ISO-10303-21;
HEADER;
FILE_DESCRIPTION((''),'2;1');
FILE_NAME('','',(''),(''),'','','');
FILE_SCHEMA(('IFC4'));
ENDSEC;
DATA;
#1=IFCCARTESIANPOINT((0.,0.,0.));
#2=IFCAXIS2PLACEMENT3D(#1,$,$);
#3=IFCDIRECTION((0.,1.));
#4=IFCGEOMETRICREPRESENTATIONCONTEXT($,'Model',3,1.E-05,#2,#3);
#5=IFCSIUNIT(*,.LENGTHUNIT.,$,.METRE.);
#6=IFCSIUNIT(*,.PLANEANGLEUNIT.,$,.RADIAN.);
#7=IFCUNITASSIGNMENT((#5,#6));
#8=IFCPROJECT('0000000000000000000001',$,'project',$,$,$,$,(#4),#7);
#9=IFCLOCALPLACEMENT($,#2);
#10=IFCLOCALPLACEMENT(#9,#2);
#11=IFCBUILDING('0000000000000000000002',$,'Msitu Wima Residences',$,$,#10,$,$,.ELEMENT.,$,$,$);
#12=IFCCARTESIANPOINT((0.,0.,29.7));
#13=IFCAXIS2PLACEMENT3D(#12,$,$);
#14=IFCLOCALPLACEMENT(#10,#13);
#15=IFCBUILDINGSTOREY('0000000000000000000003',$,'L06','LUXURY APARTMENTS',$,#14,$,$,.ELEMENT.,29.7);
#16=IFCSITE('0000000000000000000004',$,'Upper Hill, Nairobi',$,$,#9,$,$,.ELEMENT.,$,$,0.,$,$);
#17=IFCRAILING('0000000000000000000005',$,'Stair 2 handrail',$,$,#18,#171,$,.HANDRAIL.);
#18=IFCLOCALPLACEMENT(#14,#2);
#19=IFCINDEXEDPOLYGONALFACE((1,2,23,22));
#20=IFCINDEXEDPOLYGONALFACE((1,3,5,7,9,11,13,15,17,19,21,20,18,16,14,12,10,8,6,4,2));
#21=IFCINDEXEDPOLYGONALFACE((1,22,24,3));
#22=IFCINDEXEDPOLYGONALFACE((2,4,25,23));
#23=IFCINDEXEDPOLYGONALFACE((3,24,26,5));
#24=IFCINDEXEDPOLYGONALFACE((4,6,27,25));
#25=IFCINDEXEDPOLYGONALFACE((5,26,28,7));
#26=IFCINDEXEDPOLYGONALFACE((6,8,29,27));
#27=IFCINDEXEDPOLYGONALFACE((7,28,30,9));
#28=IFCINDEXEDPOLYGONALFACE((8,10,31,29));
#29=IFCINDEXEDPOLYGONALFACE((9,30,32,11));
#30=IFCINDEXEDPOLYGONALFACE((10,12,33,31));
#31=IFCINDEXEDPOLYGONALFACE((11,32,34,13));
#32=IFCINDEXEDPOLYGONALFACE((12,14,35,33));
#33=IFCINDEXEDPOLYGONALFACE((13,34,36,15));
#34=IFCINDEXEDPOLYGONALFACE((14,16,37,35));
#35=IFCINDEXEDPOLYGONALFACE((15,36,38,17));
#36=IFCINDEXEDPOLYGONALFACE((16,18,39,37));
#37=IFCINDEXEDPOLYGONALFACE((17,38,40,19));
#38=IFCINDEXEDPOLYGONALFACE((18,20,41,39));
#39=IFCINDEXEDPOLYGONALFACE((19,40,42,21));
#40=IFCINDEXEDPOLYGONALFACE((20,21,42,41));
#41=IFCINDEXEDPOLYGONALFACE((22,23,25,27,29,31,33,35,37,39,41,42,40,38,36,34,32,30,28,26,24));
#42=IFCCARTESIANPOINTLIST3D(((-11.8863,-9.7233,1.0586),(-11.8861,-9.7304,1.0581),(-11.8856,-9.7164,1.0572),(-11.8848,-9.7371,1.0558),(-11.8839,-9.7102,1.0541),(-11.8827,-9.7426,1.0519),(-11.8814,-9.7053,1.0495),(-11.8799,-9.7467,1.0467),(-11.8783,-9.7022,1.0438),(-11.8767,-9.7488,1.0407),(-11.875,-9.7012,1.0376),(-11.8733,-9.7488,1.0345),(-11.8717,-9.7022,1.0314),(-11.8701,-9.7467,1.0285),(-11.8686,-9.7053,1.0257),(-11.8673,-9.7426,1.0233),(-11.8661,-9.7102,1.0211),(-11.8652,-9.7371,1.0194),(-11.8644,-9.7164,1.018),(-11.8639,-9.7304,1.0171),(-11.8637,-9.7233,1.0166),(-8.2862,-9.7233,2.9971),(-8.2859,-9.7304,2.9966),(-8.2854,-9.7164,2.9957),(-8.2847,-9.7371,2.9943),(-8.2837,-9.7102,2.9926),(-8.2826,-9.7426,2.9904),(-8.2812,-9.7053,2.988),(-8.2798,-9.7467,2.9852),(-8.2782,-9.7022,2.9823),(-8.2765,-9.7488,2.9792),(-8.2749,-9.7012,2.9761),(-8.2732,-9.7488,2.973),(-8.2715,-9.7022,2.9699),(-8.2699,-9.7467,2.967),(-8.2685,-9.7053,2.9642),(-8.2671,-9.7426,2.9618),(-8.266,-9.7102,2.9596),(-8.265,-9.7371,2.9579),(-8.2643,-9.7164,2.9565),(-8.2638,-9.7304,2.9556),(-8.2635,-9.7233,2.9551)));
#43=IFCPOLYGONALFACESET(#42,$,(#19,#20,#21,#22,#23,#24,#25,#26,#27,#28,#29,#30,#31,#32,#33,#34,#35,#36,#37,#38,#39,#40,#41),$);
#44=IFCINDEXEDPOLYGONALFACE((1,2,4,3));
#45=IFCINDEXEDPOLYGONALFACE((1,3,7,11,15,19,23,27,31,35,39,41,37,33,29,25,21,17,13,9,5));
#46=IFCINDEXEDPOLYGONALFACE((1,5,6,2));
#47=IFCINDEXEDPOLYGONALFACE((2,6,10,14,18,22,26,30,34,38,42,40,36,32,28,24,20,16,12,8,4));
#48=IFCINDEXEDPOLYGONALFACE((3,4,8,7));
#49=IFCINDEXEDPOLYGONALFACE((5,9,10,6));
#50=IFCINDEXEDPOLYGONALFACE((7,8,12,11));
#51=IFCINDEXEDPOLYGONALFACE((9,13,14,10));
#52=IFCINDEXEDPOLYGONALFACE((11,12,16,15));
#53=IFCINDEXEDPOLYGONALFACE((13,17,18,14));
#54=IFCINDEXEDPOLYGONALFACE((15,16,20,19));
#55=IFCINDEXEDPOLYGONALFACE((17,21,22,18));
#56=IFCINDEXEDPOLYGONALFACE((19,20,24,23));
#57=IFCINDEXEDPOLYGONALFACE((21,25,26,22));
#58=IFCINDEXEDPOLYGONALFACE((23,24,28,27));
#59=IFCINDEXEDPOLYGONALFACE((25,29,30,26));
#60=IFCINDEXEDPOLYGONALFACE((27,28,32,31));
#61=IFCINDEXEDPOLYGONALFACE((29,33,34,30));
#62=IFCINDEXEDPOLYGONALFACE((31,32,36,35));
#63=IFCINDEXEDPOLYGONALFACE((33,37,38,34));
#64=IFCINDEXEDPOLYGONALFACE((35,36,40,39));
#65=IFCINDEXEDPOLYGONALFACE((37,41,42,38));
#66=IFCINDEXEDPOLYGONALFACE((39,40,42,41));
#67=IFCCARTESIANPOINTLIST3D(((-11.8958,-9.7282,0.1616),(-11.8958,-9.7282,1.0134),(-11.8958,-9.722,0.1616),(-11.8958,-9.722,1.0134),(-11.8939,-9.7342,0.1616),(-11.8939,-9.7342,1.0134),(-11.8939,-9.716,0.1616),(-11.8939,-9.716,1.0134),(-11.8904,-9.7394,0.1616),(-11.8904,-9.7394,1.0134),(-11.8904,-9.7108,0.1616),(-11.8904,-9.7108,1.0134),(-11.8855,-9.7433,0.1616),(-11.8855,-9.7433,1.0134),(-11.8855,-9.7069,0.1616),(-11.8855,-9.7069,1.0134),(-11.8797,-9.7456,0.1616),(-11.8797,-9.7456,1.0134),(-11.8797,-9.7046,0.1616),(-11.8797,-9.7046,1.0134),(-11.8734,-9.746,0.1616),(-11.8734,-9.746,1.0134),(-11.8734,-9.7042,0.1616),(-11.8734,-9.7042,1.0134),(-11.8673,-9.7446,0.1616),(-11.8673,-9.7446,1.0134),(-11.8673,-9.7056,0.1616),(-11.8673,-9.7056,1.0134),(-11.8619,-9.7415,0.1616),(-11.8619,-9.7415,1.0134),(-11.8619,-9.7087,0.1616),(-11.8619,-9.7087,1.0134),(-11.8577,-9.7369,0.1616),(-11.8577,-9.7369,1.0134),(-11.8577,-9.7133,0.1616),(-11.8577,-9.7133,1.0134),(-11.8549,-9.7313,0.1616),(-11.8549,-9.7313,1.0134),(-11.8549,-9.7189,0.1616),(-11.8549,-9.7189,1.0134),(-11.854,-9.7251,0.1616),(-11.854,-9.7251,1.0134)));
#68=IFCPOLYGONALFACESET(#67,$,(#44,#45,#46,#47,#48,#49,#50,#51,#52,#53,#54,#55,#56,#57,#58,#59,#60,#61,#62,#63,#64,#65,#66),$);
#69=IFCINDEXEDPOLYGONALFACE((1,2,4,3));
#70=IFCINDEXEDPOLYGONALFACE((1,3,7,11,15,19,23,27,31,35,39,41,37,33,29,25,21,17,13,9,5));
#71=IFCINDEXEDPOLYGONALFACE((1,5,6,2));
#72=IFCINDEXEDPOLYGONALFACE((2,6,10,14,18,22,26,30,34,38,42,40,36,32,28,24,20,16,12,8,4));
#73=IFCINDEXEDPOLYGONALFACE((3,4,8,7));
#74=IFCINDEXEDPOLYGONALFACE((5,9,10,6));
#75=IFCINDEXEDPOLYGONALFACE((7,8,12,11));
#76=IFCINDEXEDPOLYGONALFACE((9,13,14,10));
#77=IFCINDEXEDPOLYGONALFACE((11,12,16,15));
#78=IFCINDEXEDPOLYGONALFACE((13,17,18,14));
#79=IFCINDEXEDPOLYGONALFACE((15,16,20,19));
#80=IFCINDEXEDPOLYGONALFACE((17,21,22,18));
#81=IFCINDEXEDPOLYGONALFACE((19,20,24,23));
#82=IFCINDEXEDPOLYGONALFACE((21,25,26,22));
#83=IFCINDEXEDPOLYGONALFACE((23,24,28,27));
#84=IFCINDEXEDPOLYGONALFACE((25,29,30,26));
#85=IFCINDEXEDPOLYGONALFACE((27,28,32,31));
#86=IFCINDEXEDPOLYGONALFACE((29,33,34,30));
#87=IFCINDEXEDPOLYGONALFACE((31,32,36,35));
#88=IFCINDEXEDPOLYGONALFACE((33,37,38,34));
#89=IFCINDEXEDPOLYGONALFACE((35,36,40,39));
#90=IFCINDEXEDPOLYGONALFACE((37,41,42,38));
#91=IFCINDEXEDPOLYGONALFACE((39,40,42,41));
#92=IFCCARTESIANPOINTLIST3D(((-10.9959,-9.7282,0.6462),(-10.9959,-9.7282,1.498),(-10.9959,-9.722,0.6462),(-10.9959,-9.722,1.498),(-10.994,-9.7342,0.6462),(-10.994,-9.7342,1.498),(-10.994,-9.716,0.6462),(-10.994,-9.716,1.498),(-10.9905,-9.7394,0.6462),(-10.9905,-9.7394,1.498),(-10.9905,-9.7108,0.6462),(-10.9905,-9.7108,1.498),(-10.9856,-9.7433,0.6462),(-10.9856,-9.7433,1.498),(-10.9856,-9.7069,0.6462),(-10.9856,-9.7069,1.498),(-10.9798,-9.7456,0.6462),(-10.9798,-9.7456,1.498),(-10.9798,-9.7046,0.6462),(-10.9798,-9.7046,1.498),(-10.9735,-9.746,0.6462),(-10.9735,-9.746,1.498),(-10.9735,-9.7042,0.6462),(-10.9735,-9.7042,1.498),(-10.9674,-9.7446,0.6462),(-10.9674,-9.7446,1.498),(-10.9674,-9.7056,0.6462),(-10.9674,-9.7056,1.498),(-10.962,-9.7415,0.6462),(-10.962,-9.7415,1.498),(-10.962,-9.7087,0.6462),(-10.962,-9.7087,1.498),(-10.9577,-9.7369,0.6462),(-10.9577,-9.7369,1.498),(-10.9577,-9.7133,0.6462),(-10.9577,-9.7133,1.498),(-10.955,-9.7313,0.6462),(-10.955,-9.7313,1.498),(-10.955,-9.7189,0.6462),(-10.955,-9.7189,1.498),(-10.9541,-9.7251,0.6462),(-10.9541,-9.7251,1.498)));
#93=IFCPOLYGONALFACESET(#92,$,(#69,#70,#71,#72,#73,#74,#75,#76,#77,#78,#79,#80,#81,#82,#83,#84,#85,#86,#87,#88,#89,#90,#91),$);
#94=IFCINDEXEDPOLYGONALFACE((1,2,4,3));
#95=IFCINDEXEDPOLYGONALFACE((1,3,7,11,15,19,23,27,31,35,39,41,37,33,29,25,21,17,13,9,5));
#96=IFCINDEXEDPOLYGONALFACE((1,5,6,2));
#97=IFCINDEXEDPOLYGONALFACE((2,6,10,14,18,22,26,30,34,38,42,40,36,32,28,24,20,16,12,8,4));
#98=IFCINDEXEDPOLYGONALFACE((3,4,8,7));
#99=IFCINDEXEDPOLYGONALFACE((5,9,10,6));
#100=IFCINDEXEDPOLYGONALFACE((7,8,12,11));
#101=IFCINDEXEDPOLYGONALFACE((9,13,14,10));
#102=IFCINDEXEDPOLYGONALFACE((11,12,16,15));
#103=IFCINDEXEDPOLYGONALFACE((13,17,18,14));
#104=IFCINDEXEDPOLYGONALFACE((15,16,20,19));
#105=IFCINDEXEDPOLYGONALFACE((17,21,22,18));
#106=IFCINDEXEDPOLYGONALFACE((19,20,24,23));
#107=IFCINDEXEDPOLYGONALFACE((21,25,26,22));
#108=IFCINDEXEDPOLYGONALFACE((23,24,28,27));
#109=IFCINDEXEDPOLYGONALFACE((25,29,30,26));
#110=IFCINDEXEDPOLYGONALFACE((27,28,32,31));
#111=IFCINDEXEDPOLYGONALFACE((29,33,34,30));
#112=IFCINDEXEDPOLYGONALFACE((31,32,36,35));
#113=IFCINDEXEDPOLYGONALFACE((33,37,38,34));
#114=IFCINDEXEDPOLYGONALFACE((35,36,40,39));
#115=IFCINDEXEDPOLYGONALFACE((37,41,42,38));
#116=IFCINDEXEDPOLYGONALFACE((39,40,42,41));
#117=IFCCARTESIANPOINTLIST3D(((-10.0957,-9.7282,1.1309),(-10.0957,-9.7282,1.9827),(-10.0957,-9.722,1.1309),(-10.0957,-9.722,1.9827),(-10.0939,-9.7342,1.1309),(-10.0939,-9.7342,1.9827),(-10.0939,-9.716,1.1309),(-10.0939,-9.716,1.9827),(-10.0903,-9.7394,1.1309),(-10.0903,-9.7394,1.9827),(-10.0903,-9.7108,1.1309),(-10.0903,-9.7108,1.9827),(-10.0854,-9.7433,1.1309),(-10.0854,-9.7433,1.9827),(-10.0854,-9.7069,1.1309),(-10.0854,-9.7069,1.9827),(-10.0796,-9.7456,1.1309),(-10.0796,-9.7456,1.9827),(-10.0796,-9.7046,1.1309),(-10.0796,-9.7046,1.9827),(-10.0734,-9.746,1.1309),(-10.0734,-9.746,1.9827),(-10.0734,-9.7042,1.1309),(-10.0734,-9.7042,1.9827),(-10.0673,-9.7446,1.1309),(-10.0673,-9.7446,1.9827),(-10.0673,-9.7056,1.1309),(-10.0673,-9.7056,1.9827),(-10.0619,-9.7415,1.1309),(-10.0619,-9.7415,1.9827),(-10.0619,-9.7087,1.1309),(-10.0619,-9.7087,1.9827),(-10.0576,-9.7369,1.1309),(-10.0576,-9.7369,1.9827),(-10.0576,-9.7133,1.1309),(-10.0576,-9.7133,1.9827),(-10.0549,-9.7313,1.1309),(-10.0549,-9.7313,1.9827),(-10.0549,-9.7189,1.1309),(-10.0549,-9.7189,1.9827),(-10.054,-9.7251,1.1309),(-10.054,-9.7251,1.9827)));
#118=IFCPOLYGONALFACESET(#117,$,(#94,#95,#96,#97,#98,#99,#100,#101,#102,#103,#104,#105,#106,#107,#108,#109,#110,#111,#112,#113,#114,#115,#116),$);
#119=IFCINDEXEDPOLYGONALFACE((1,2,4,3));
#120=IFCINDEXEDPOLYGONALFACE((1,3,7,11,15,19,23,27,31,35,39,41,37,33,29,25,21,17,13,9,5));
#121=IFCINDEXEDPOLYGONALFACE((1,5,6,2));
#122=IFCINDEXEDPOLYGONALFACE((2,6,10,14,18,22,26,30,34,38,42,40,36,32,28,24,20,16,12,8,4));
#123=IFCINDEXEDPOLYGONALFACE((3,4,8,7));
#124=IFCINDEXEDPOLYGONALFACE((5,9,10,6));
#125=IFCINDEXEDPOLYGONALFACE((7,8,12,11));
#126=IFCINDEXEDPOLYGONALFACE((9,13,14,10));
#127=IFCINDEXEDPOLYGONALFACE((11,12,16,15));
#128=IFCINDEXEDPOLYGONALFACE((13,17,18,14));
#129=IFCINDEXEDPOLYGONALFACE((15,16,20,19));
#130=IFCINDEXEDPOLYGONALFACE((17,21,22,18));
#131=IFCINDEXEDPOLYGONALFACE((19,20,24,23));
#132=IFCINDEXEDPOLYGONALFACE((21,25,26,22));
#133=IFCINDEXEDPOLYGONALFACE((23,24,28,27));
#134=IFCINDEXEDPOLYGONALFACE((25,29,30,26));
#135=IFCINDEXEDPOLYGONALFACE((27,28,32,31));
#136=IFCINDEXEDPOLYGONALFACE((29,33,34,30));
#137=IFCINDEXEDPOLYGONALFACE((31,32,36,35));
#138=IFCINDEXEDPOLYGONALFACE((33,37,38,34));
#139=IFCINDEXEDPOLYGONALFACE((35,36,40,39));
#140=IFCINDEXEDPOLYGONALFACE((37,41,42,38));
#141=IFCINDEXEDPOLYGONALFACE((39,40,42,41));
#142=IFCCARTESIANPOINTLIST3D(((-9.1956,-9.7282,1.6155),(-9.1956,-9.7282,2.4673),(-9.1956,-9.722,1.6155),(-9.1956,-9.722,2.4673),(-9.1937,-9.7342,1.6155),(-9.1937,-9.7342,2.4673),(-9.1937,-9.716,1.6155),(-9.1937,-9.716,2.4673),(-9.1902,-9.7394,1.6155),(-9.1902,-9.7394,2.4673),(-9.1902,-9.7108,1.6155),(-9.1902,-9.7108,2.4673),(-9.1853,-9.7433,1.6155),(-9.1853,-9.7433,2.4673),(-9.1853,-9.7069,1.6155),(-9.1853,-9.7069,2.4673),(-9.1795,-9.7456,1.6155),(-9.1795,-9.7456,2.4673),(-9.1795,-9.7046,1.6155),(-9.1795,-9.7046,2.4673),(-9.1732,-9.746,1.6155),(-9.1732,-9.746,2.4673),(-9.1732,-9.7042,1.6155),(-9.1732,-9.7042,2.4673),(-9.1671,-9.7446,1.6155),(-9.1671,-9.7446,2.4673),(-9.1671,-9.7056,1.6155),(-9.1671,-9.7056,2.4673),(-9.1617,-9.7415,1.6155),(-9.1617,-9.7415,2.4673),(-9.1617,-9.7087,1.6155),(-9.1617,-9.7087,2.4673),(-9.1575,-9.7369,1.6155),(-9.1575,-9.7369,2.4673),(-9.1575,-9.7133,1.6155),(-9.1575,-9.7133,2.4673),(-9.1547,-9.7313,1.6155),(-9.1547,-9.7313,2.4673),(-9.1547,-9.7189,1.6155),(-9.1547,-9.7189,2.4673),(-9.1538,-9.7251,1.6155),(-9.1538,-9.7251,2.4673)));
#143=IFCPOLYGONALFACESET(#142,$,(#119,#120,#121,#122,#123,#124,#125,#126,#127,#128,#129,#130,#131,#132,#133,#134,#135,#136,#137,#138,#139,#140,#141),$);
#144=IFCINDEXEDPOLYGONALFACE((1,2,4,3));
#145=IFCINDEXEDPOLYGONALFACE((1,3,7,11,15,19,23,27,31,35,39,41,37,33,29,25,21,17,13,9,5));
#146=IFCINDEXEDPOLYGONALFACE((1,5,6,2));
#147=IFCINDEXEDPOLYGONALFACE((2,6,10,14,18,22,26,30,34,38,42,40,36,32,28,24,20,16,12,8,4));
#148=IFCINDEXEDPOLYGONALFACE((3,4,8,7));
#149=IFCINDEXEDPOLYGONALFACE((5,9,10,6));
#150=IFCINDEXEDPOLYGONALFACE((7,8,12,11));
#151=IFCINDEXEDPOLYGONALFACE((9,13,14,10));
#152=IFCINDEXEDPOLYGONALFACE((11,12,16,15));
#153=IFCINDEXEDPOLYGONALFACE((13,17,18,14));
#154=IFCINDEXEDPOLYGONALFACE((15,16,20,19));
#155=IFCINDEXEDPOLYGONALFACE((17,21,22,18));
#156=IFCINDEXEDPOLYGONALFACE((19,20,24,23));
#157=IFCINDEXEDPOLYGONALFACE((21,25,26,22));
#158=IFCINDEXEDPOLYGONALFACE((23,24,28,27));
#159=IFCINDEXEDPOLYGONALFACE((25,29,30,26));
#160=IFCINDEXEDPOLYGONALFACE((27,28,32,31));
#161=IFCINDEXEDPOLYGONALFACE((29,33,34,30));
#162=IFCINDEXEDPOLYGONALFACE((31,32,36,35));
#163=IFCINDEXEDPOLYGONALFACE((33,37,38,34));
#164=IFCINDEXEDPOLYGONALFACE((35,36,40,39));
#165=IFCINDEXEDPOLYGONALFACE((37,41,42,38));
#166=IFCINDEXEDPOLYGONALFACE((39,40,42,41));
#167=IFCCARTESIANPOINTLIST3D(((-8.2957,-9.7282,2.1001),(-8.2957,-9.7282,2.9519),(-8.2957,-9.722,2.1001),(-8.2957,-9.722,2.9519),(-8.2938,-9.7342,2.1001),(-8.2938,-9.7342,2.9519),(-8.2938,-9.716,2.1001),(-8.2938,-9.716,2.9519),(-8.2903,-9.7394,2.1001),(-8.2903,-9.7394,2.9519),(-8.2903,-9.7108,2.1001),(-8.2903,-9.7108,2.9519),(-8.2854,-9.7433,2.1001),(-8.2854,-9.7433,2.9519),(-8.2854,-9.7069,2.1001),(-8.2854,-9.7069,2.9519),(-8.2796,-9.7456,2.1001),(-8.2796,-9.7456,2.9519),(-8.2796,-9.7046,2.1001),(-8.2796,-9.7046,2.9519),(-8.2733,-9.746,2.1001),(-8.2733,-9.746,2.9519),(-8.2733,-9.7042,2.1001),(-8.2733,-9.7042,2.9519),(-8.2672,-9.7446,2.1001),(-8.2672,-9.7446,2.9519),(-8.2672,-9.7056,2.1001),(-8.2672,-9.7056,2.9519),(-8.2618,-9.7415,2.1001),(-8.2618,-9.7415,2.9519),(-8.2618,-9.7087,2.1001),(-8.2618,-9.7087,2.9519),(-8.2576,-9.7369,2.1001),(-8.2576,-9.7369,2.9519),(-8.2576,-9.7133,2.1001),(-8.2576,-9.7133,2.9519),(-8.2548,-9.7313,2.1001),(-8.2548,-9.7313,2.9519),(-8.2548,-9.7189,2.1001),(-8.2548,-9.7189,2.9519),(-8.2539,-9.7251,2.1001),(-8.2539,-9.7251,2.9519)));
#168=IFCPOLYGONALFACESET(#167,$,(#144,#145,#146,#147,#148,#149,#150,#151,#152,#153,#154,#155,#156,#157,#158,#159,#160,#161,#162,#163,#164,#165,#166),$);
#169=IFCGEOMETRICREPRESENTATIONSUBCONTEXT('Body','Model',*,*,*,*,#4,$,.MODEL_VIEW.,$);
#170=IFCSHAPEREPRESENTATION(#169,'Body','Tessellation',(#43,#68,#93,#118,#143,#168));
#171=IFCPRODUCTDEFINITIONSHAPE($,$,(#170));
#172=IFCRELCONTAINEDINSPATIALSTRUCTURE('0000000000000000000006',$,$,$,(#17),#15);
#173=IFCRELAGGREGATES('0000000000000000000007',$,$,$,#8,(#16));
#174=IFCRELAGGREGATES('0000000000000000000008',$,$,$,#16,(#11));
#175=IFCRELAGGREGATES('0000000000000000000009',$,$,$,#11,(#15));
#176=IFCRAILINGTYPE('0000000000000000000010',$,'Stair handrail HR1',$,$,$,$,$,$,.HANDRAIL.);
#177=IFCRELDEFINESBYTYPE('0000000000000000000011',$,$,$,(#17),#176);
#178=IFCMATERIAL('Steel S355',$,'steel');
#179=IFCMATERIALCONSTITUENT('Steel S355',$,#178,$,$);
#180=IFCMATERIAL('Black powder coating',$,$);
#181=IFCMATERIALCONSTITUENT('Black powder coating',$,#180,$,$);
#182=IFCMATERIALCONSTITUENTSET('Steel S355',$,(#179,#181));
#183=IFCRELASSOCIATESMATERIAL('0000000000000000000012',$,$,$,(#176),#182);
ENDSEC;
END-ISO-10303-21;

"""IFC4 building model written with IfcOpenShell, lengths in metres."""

from ifc_helpers import new_model, si_unit, direction, frame, origin, origin_2d, place, context, subcontext, project, spatial, circle, extrude, material, constituent, constituent_set, type_object, element, save


model = new_model("IFC4")

# Units and contexts
model_context = context("Model", 3, precision=1e-05, world=origin(), true_north=direction((0.0, 1.0)))
body_context = subcontext(model_context, "Body", "Model", "MODEL_VIEW")
ifc_project = project(units=[si_unit("LENGTHUNIT", "METRE"), si_unit("PLANEANGLEUNIT", "RADIAN")], contexts=[model_context])

# Site, building, storey
site_placement = place(None, origin())
site = spatial("IfcSite", under=ifc_project, at=site_placement, Name="Upper Hill, Nairobi", CompositionType="ELEMENT", RefElevation=0.0)
building_placement = place(site_placement, origin())
building = spatial("IfcBuilding", under=site, at=building_placement, Name="Msitu Wima Residences", CompositionType="ELEMENT")
storey_placement = place(building_placement, frame((0.0, 0.0, 29.7)))
storey = spatial("IfcBuildingStorey", under=building, at=storey_placement, Name="L06", Description="LUXURY APARTMENTS", CompositionType="ELEMENT", Elevation=29.7)

# Railing
ifc_material_1 = material(Name="Steel S355", Category="steel")
ifc_constituent_1 = constituent(ifc_material_1, Name="Steel S355")
ifc_material_2 = material(Name="Black powder coating")
ifc_constituent_2 = constituent(ifc_material_2, Name="Black powder coating")
ifc_constituent_set = constituent_set(constituents=[ifc_constituent_1, ifc_constituent_2], Name="Steel S355")
railing_type = type_object("IfcRailingType", Name="Stair handrail HR1", PredefinedType="HANDRAIL", material=ifc_constituent_set)
for number, where, name in (
    (1, (-11.875, -9.7251, 0.1616), "Stair 2 handrail"),
):
    element("IfcRailing", number, at=place(storey_placement, frame(where)), inside=storey, type_object=railing_type, Name=name, PredefinedType="HANDRAIL", context=body_context, shape_type="SweptSolid", body=[
        extrude(circle(Radius=0.0239, at=origin_2d()), frame((0.0, 0.0, 0.876), z_axis=(0.880475, 0.0, 0.474093), x_axis=(0.0, 1.0, 0.0)), (0.0, 0.0, 1.0), 4.0889),
        extrude(circle(Radius=0.021, at=origin_2d()), origin(), (0.0, 0.0, 1.0), 0.8518),
        extrude(circle(Radius=0.021, at=origin_2d()), frame((0.8999, 0.0, 0.4846)), (0.0, 0.0, 1.0), 0.8518),
        extrude(circle(Radius=0.021, at=origin_2d()), frame((1.8, 0.0, 0.9692)), (0.0, 0.0, 1.0), 0.8518),
        extrude(circle(Radius=0.021, at=origin_2d()), frame((2.7002, 0.0, 1.4539)), (0.0, 0.0, 1.0), 0.8518),
        extrude(circle(Radius=0.021, at=origin_2d()), frame((3.6001, 0.0, 1.9385)), (0.0, 0.0, 1.0), 0.8518),
    ])

save(model, "model.ifc")
